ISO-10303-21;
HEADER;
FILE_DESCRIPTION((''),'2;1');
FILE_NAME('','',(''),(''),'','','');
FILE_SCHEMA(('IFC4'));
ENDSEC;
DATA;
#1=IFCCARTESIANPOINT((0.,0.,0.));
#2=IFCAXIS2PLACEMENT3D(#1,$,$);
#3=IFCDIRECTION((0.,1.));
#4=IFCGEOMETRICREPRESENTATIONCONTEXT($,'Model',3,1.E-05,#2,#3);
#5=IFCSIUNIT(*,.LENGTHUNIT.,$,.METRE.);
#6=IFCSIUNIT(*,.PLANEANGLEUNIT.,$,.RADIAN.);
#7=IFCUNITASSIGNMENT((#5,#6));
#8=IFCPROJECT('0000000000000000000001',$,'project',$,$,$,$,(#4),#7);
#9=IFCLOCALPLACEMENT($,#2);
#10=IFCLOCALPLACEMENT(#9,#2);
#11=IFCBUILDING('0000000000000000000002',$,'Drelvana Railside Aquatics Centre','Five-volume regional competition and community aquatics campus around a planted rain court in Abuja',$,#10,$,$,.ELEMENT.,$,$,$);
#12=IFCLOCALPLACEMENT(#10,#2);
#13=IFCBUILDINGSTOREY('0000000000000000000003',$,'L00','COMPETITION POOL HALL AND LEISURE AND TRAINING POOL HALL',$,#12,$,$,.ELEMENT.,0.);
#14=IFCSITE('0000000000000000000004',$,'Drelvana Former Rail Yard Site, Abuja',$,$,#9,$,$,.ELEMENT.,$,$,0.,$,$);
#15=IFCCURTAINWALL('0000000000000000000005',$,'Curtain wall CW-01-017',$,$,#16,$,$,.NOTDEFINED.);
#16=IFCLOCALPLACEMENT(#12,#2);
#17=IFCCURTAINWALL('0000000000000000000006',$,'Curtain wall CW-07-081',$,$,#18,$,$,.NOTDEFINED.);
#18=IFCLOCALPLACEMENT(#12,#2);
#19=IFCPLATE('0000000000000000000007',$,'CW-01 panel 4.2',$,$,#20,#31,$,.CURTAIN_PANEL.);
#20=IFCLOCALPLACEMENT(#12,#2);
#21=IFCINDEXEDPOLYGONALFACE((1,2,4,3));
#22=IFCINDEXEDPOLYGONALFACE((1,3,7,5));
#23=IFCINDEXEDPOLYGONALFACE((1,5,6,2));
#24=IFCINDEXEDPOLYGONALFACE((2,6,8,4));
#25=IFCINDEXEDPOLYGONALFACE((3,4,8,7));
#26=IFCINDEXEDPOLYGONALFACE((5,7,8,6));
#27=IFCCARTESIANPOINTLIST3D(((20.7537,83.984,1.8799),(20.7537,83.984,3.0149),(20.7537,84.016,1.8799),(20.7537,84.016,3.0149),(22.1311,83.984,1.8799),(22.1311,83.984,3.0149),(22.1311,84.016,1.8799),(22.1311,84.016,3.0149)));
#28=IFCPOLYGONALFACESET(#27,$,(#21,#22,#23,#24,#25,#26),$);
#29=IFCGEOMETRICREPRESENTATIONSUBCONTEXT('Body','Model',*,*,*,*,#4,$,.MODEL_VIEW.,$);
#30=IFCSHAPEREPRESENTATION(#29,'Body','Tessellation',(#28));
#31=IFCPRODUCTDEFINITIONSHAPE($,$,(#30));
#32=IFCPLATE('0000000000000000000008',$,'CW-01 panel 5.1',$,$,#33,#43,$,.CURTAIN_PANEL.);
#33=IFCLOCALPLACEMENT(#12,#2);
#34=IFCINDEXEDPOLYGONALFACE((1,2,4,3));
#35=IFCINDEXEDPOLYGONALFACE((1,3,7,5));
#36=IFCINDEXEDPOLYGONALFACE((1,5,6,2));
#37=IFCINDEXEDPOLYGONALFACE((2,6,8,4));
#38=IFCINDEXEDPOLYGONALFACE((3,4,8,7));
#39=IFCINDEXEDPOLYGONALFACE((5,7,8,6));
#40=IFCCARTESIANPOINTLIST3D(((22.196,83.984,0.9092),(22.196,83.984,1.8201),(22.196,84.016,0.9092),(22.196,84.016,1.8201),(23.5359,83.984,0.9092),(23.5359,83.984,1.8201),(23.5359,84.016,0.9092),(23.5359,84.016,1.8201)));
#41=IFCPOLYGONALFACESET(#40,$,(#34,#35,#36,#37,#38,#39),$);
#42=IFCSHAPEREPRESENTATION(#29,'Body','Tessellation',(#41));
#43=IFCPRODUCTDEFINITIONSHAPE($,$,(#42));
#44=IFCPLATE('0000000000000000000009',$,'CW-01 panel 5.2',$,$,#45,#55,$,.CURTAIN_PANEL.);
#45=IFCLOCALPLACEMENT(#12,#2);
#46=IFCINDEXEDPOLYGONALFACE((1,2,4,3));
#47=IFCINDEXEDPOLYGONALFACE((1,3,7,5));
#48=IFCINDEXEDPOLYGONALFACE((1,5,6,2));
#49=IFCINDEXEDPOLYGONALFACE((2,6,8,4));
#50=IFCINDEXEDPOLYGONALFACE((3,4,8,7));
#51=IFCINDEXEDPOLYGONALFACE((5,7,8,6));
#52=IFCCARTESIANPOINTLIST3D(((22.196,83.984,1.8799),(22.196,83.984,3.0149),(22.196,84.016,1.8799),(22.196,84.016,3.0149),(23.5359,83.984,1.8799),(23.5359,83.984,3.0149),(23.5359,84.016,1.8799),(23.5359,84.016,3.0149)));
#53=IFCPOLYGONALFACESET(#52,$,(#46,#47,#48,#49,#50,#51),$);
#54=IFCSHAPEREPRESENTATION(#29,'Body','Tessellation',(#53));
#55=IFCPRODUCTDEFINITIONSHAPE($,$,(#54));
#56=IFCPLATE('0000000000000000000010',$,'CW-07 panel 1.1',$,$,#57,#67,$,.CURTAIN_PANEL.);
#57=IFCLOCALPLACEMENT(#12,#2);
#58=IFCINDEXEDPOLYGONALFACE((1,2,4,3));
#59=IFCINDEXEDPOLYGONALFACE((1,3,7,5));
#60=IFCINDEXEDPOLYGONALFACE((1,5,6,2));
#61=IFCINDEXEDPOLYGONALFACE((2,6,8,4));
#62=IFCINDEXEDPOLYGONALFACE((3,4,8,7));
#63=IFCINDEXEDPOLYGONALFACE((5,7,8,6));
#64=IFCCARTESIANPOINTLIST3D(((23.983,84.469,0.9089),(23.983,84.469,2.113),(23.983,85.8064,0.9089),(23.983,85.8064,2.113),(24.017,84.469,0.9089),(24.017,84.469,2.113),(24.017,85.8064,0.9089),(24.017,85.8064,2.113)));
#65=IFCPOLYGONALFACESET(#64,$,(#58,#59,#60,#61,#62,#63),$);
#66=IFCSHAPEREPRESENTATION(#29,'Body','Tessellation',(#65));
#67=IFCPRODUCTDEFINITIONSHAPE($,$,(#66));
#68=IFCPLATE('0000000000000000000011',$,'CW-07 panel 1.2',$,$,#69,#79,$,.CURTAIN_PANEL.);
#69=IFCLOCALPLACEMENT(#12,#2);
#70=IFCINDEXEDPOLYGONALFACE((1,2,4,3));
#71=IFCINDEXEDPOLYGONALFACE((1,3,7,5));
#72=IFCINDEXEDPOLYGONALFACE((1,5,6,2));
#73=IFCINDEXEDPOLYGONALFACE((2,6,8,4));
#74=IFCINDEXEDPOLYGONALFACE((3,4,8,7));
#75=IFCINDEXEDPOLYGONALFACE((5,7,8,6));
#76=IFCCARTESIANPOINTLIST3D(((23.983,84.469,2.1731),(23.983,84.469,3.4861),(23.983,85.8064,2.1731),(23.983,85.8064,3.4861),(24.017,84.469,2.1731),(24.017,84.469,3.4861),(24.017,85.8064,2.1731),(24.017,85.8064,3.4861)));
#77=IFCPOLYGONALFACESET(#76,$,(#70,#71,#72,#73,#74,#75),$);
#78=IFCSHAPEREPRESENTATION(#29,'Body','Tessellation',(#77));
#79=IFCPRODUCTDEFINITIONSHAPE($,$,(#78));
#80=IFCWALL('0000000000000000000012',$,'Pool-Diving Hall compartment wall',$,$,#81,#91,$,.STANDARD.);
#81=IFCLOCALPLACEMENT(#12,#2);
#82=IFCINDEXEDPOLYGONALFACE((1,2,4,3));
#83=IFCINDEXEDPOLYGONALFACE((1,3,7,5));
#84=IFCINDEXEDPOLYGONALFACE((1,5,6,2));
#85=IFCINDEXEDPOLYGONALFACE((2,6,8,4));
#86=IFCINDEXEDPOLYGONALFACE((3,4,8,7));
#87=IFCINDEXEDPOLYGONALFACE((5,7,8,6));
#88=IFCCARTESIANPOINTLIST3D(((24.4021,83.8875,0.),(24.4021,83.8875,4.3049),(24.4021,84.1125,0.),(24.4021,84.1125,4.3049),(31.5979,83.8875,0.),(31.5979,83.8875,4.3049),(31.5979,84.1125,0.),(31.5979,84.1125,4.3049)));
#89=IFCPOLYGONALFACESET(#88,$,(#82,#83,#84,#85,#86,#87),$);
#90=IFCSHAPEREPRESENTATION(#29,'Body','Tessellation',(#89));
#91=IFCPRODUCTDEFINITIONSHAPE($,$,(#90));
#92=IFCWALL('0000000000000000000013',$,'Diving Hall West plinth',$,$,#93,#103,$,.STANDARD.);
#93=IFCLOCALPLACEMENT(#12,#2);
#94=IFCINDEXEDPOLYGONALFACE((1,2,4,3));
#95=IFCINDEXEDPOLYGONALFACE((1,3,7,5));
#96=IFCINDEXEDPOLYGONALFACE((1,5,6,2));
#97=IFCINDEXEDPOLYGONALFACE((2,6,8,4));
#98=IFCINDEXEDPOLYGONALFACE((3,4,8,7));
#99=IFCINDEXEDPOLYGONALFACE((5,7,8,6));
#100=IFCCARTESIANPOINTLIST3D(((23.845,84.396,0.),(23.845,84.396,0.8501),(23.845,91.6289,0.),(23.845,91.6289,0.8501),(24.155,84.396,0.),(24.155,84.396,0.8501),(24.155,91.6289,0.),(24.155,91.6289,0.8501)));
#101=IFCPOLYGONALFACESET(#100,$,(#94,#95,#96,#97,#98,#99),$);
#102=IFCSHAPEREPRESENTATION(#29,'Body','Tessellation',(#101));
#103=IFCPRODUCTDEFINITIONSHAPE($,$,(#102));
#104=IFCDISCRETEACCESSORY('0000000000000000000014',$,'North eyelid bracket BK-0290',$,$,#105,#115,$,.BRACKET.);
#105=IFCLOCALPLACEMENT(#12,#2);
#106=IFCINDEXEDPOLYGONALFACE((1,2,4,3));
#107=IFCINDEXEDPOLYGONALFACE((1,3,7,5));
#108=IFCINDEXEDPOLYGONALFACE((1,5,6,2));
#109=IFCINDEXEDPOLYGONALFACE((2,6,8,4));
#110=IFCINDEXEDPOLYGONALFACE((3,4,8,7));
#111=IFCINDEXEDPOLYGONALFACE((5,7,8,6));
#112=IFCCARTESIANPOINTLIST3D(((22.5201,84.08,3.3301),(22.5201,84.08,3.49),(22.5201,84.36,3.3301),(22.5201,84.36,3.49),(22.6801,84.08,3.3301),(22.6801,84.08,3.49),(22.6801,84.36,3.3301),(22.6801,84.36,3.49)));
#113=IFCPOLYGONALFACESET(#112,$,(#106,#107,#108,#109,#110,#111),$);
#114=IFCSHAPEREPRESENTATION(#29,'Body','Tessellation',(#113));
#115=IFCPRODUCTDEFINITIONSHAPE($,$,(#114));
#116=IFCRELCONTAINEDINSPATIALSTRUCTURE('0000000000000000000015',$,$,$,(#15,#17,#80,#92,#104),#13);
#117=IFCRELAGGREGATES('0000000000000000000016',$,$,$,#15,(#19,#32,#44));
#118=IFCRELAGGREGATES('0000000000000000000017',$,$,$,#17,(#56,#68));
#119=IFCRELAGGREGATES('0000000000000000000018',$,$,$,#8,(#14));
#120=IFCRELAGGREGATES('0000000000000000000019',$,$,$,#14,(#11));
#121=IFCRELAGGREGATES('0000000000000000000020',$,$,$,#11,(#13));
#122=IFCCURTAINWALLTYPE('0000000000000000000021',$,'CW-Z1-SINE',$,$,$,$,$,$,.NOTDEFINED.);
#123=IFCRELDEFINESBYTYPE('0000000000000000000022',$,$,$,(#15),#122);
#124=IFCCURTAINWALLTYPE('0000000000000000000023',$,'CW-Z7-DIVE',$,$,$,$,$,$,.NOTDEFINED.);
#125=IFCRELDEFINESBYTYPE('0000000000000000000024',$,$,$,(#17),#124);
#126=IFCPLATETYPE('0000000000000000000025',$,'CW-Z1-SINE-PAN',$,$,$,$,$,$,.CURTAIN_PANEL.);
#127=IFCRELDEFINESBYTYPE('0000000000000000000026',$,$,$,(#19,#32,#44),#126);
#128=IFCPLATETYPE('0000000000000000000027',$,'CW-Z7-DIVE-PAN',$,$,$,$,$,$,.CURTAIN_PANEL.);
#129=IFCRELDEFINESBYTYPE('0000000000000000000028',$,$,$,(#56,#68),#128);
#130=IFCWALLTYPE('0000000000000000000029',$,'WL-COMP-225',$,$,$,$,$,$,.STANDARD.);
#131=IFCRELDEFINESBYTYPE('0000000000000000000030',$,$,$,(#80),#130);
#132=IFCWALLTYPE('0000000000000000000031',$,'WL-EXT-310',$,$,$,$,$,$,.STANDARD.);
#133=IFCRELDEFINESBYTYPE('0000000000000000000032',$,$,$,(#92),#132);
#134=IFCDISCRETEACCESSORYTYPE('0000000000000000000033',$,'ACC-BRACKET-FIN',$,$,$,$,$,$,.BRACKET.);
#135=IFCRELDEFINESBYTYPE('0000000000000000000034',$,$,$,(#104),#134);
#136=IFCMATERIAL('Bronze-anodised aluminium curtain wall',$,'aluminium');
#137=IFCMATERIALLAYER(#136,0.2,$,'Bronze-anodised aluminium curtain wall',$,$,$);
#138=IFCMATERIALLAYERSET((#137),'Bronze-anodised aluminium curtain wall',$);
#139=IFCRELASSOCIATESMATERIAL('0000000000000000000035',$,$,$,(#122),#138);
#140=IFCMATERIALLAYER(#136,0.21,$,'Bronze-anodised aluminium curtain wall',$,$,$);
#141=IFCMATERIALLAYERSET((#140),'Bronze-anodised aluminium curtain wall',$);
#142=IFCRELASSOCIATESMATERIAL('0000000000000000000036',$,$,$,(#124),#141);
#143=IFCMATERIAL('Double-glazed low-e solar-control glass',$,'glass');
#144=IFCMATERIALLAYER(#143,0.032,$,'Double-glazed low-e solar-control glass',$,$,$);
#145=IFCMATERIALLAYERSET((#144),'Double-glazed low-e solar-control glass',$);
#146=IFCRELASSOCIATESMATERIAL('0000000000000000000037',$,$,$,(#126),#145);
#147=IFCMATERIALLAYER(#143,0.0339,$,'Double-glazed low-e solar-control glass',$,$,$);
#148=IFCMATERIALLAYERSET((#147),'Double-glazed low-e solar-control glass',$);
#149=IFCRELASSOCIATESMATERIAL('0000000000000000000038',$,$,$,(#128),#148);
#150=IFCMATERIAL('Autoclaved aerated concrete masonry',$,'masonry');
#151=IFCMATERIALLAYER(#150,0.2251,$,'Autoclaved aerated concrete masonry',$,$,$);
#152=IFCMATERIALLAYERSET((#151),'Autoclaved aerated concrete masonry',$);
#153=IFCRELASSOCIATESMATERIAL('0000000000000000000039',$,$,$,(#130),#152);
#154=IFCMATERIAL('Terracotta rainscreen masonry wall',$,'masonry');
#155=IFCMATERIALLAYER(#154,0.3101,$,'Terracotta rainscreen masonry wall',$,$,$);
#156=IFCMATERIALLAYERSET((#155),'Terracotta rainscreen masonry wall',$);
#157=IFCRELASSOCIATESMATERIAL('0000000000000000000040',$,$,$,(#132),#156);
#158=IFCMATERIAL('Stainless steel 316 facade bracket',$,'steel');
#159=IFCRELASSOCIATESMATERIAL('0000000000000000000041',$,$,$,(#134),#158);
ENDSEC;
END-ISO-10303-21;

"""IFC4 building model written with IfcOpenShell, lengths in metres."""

from ifc_helpers import new_model, si_unit, direction, frame, frame_2d, origin, origin_2d, place, context, subcontext, project, spatial, rectangle, extrude, material, layer, layer_set, type_object, element, aggregate, save


model = new_model("IFC4")

# Units and contexts
model_context = context("Model", 3, precision=1e-05, world=origin(), true_north=direction((0.0, 1.0)))
body_context = subcontext(model_context, "Body", "Model", "MODEL_VIEW")
ifc_project = project(units=[si_unit("LENGTHUNIT", "METRE"), si_unit("PLANEANGLEUNIT", "RADIAN")], contexts=[model_context])

# Site, building, storey
site_placement = place(None, origin())
site = spatial("IfcSite", under=ifc_project, at=site_placement, Name="Drelvana Former Rail Yard Site, Abuja", CompositionType="ELEMENT", RefElevation=0.0)
building_placement = place(site_placement, origin())
building = spatial("IfcBuilding", under=site, at=building_placement, Name="Drelvana Railside Aquatics Centre", Description="Five-volume regional competition and community aquatics campus around a planted rain court in Abuja", CompositionType="ELEMENT")
storey_placement = place(building_placement, origin())
storey = spatial("IfcBuildingStorey", under=building, at=storey_placement, Name="L00", Description="COMPETITION POOL HALL AND LEISURE AND TRAINING POOL HALL", CompositionType="ELEMENT", Elevation=0.0)

# Curtain walls
ifc_material_1 = material(Name="Bronze-anodised aluminium curtain wall", Category="aluminium")
ifc_layer_1 = layer(ifc_material_1, 0.2, Name="Bronze-anodised aluminium curtain wall")
ifc_layer_set_1 = layer_set([ifc_layer_1], Name="Bronze-anodised aluminium curtain wall")
curtain_wall_type_1 = type_object("IfcCurtainWallType", Name="CW-Z1-SINE", PredefinedType="NOTDEFINED", material=ifc_layer_set_1)
curtain_wall_1_placement = place(storey_placement, origin())
curtain_wall_1 = element("IfcCurtainWall", 1, at=curtain_wall_1_placement, inside=storey, type_object=curtain_wall_type_1, Name="Curtain wall CW-01-017", PredefinedType="NOTDEFINED")
ifc_layer_2 = layer(ifc_material_1, 0.21, Name="Bronze-anodised aluminium curtain wall")
ifc_layer_set_2 = layer_set([ifc_layer_2], Name="Bronze-anodised aluminium curtain wall")
curtain_wall_type_2 = type_object("IfcCurtainWallType", Name="CW-Z7-DIVE", PredefinedType="NOTDEFINED", material=ifc_layer_set_2)
curtain_wall_2_placement = place(storey_placement, origin())
curtain_wall_2 = element("IfcCurtainWall", 2, at=curtain_wall_2_placement, inside=storey, type_object=curtain_wall_type_2, Name="Curtain wall CW-07-081", PredefinedType="NOTDEFINED")

# Plates
ifc_material_2 = material(Name="Double-glazed low-e solar-control glass", Category="glass")
ifc_layer_3 = layer(ifc_material_2, 0.032, Name="Double-glazed low-e solar-control glass")
ifc_layer_set_3 = layer_set([ifc_layer_3], Name="Double-glazed low-e solar-control glass")
plate_type_1 = type_object("IfcPlateType", Name="CW-Z1-SINE-PAN", PredefinedType="CURTAIN_PANEL", material=ifc_layer_set_3)
plate_1_placement = place(storey_placement, frame((21.4424, 84.0, 1.8799), z_axis=(0.0, 0.0, 1.0), x_axis=(1.0, 0.0, 0.0)))
plate_1 = element("IfcPlate", 3, at=plate_1_placement, type_object=plate_type_1, Name="CW-01 panel 4.2", PredefinedType="CURTAIN_PANEL", context=body_context, shape_type="SweptSolid", body=[
    extrude(rectangle(XDim=1.3774, YDim=0.032, at=origin_2d()), origin(), (0.0, 0.0, 1.0), 1.135),
])
plate_2_placement = place(storey_placement, frame((22.866, 84.0, 0.9092), z_axis=(0.0, 0.0, 1.0), x_axis=(1.0, 0.0, 0.0)))
plate_2 = element("IfcPlate", 4, at=plate_2_placement, type_object=plate_type_1, Name="CW-01 panel 5.1", PredefinedType="CURTAIN_PANEL", context=body_context, shape_type="SweptSolid", body=[
    extrude(rectangle(XDim=1.3398, YDim=0.032, at=origin_2d()), origin(), (0.0, 0.0, 1.0), 0.9109),
])
plate_3_placement = place(storey_placement, frame((22.866, 84.0, 1.8799), z_axis=(0.0, 0.0, 1.0), x_axis=(1.0, 0.0, 0.0)))
plate_3 = element("IfcPlate", 5, at=plate_3_placement, type_object=plate_type_1, Name="CW-01 panel 5.2", PredefinedType="CURTAIN_PANEL", context=body_context, shape_type="SweptSolid", body=[
    extrude(rectangle(XDim=1.3398, YDim=0.032, at=origin_2d()), origin(), (0.0, 0.0, 1.0), 1.135),
])
aggregate(curtain_wall_1, [plate_1, plate_2, plate_3])
ifc_layer_4 = layer(ifc_material_2, 0.0339, Name="Double-glazed low-e solar-control glass")
ifc_layer_set_4 = layer_set([ifc_layer_4], Name="Double-glazed low-e solar-control glass")
plate_type_2 = type_object("IfcPlateType", Name="CW-Z7-DIVE-PAN", PredefinedType="CURTAIN_PANEL", material=ifc_layer_set_4)
plate_4_placement = place(storey_placement, frame((24.0, 85.1377, 0.9089), z_axis=(0.0, 0.0, 1.0), x_axis=(0.0, 1.0, 0.0)))
plate_4 = element("IfcPlate", 6, at=plate_4_placement, type_object=plate_type_2, Name="CW-07 panel 1.1", PredefinedType="CURTAIN_PANEL", context=body_context, shape_type="SweptSolid", body=[
    extrude(rectangle(XDim=1.3374, YDim=0.0339, at=origin_2d()), origin(), (0.0, 0.0, 1.0), 1.2041),
])
plate_5_placement = place(storey_placement, frame((24.0, 85.1377, 2.1731), z_axis=(0.0, 0.0, 1.0), x_axis=(0.0, 1.0, 0.0)))
plate_5 = element("IfcPlate", 7, at=plate_5_placement, type_object=plate_type_2, Name="CW-07 panel 1.2", PredefinedType="CURTAIN_PANEL", context=body_context, shape_type="SweptSolid", body=[
    extrude(rectangle(XDim=1.3374, YDim=0.0339, at=origin_2d()), origin(), (0.0, 0.0, 1.0), 1.313),
])
aggregate(curtain_wall_2, [plate_4, plate_5])

# Walls
ifc_material_3 = material(Name="Autoclaved aerated concrete masonry", Category="masonry")
ifc_layer_5 = layer(ifc_material_3, 0.2251, Name="Autoclaved aerated concrete masonry")
ifc_layer_set_5 = layer_set([ifc_layer_5], Name="Autoclaved aerated concrete masonry")
wall_type_1 = type_object("IfcWallType", Name="WL-COMP-225", PredefinedType="STANDARD", material=ifc_layer_set_5)
wall_1_placement = place(storey_placement, frame((24.4021, 84.0, 0.0), z_axis=(0.0, 0.0, 1.0), x_axis=(1.0, 0.0, 0.0)))
element("IfcWall", 8, at=wall_1_placement, inside=storey, type_object=wall_type_1, Name="Pool-Diving Hall compartment wall", PredefinedType="STANDARD", context=body_context, shape_type="SweptSolid", body=[
    extrude(rectangle(XDim=7.1958, YDim=0.2251, at=frame_2d((3.5979, 0.0))), origin(), (0.0, 0.0, 1.0), 4.3049),
])
ifc_material_4 = material(Name="Terracotta rainscreen masonry wall", Category="masonry")
ifc_layer_6 = layer(ifc_material_4, 0.3101, Name="Terracotta rainscreen masonry wall")
ifc_layer_set_6 = layer_set([ifc_layer_6], Name="Terracotta rainscreen masonry wall")
wall_type_2 = type_object("IfcWallType", Name="WL-EXT-310", PredefinedType="STANDARD", material=ifc_layer_set_6)
wall_2_placement = place(storey_placement, frame((24.0, 84.396, 0.0), z_axis=(0.0, 0.0, 1.0), x_axis=(0.0, 1.0, 0.0)))
element("IfcWall", 9, at=wall_2_placement, inside=storey, type_object=wall_type_2, Name="Diving Hall West plinth", PredefinedType="STANDARD", context=body_context, shape_type="SweptSolid", body=[
    extrude(rectangle(XDim=7.2329, YDim=0.3101, at=frame_2d((3.6165, 0.0))), origin(), (0.0, 0.0, 1.0), 0.8501),
])

# Discrete accessory
ifc_material_5 = material(Name="Stainless steel 316 facade bracket", Category="steel")
discrete_accessory_type = type_object("IfcDiscreteAccessoryType", Name="ACC-BRACKET-FIN", PredefinedType="BRACKET", material=ifc_material_5)
discrete_accessory_placement = place(storey_placement, frame((22.6001, 84.22, 3.3301), z_axis=(0.0, 0.0, 1.0), x_axis=(1.0, 0.0, 0.0)))
element("IfcDiscreteAccessory", 10, at=discrete_accessory_placement, inside=storey, type_object=discrete_accessory_type, Name="North eyelid bracket BK-0290", PredefinedType="BRACKET", context=body_context, shape_type="SweptSolid", body=[
    extrude(rectangle(XDim=0.1599, YDim=0.28, at=origin_2d()), origin(), (0.0, 0.0, 1.0), 0.1599),
])

save(model, "model.ifc")
